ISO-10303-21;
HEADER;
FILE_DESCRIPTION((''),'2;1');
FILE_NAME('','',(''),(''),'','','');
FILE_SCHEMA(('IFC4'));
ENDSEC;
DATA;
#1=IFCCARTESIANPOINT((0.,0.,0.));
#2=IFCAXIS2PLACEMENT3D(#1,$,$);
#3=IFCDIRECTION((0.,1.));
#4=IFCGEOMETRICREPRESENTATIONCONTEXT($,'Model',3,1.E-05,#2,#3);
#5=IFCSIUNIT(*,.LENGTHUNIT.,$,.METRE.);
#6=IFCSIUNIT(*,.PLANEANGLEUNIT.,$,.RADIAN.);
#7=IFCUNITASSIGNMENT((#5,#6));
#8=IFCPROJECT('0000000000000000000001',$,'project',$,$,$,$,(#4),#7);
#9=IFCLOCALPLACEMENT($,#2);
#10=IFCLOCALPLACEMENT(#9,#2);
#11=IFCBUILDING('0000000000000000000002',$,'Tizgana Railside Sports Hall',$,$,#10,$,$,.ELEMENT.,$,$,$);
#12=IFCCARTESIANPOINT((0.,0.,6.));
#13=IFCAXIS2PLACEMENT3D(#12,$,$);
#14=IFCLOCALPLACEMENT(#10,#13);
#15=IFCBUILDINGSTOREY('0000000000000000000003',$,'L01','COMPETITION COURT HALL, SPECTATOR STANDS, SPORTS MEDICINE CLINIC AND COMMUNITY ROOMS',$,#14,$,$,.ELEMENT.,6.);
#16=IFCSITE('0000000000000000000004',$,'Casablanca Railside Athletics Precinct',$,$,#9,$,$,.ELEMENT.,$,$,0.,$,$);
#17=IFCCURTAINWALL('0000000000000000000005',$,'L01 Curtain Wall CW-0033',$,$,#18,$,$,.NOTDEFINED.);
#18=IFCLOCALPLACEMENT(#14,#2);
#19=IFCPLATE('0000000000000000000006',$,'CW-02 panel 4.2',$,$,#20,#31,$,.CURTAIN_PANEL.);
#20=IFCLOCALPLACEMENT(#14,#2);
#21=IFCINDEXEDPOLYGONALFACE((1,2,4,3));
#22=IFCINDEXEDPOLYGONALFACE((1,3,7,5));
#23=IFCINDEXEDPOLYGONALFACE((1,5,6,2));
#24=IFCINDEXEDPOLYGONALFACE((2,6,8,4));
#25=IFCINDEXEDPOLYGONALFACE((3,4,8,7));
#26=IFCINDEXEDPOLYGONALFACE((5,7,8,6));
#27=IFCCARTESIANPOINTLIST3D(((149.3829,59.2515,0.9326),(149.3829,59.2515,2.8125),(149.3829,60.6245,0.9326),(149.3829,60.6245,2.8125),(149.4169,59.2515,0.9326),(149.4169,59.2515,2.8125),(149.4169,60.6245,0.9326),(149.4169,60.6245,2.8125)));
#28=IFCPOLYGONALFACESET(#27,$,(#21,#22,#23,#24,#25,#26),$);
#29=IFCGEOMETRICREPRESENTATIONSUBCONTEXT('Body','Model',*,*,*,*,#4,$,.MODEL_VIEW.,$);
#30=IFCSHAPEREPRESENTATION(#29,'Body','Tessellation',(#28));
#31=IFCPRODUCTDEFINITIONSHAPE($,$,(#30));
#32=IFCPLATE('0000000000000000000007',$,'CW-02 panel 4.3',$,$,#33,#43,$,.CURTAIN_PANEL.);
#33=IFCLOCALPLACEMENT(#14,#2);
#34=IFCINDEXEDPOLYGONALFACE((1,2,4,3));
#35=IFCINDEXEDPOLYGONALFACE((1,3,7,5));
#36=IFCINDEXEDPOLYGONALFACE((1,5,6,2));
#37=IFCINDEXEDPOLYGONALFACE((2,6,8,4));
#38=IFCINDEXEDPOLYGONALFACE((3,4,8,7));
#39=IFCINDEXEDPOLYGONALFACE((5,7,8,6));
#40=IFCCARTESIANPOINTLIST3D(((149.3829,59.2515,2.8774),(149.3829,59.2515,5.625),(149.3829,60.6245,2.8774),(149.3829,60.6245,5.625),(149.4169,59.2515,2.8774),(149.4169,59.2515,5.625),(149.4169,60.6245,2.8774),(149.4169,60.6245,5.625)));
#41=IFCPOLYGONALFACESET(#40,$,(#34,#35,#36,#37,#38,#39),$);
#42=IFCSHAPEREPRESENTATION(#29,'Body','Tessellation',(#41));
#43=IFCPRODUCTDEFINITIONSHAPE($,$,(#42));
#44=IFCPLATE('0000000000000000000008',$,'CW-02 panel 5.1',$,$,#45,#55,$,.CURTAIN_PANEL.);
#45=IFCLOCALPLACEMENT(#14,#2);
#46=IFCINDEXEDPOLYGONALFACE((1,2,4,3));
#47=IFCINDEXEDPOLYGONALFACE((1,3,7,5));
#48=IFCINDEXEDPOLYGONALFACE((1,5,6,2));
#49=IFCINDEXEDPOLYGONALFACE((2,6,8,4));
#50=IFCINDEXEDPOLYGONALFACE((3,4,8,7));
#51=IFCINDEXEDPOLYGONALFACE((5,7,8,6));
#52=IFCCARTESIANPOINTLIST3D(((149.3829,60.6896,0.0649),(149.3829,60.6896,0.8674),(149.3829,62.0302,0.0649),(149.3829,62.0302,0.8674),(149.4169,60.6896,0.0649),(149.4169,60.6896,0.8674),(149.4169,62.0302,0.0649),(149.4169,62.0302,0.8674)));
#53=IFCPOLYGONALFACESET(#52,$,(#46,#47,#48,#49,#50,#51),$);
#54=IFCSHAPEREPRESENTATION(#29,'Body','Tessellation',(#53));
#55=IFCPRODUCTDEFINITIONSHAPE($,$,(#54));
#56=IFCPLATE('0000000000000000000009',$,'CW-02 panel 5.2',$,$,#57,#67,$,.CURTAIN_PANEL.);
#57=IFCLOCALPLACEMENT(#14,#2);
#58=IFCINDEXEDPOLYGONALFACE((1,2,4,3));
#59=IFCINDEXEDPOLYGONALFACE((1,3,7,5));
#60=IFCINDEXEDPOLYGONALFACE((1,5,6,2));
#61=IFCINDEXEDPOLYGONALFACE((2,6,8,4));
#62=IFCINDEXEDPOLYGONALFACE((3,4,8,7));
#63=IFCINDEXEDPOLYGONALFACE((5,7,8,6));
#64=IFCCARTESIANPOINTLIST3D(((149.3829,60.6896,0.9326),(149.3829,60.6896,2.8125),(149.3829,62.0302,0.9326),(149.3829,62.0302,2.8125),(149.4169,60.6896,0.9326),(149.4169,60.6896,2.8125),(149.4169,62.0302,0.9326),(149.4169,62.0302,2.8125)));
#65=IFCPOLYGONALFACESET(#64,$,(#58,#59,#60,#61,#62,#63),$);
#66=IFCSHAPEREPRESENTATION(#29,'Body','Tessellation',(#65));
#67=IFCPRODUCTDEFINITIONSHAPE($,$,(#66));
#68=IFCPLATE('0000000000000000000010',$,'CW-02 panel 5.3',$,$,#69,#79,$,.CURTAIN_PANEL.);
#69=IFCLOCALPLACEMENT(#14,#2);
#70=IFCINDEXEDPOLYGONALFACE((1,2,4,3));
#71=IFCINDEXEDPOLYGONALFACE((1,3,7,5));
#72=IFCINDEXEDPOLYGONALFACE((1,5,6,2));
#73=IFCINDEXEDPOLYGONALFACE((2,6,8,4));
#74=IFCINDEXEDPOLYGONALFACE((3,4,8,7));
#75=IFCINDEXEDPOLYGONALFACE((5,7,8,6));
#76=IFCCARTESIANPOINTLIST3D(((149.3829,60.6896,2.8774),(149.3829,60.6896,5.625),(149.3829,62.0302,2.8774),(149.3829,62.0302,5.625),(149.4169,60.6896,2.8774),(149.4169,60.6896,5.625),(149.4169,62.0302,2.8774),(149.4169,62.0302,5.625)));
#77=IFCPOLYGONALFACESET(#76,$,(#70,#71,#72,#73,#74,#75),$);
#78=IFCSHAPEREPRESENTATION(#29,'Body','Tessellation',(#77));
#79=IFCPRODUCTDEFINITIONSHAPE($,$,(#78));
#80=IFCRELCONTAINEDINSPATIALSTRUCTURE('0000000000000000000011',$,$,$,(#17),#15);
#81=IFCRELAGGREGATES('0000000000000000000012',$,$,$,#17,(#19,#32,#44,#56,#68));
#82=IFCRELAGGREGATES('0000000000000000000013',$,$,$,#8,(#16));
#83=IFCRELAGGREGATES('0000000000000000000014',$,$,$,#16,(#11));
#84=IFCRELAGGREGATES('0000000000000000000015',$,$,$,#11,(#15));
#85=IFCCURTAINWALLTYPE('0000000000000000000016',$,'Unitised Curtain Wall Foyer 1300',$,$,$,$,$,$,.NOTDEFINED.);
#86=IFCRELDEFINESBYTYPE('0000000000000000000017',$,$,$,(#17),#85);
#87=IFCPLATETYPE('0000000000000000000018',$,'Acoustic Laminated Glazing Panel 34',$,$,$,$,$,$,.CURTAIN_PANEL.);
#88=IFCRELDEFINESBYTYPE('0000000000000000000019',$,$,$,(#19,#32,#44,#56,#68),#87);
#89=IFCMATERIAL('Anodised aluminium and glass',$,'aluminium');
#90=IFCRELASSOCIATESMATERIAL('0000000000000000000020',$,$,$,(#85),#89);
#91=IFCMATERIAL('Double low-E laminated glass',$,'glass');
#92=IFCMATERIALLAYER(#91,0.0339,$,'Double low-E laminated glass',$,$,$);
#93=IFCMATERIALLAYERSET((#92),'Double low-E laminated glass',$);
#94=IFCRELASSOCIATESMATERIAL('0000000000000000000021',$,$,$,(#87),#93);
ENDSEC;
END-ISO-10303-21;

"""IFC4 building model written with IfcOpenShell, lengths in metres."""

from ifc_helpers import new_model, si_unit, direction, frame, origin, origin_2d, place, context, subcontext, project, spatial, rectangle, extrude, material, layer, layer_set, type_object, element, aggregate, save


model = new_model("IFC4")

# Units and contexts
model_context = context("Model", 3, precision=1e-05, world=origin(), true_north=direction((0.0, 1.0)))
body_context = subcontext(model_context, "Body", "Model", "MODEL_VIEW")
ifc_project = project(units=[si_unit("LENGTHUNIT", "METRE"), si_unit("PLANEANGLEUNIT", "RADIAN")], contexts=[model_context])

# Site, building, storey
site_placement = place(None, origin())
site = spatial("IfcSite", under=ifc_project, at=site_placement, Name="Casablanca Railside Athletics Precinct", CompositionType="ELEMENT", RefElevation=0.0)
building_placement = place(site_placement, origin())
building = spatial("IfcBuilding", under=site, at=building_placement, Name="Tizgana Railside Sports Hall", CompositionType="ELEMENT")
storey_placement = place(building_placement, frame((0.0, 0.0, 6.0)))
storey = spatial("IfcBuildingStorey", under=building, at=storey_placement, Name="L01", Description="COMPETITION COURT HALL, SPECTATOR STANDS, SPORTS MEDICINE CLINIC AND COMMUNITY ROOMS", CompositionType="ELEMENT", Elevation=6.0)

# Curtain wall, plates
ifc_material_1 = material(Name="Anodised aluminium and glass", Category="aluminium")
curtain_wall_type = type_object("IfcCurtainWallType", Name="Unitised Curtain Wall Foyer 1300", PredefinedType="NOTDEFINED", material=ifc_material_1)
curtain_wall_placement = place(storey_placement, origin())
curtain_wall = element("IfcCurtainWall", 1, at=curtain_wall_placement, inside=storey, type_object=curtain_wall_type, Name="L01 Curtain Wall CW-0033", PredefinedType="NOTDEFINED")
ifc_material_2 = material(Name="Double low-E laminated glass", Category="glass")
ifc_layer = layer(ifc_material_2, 0.0339, Name="Double low-E laminated glass")
ifc_layer_set = layer_set([ifc_layer], Name="Double low-E laminated glass")
plate_type = type_object("IfcPlateType", Name="Acoustic Laminated Glazing Panel 34", PredefinedType="CURTAIN_PANEL", material=ifc_layer_set)
plate_1_placement = place(storey_placement, frame((149.3999, 59.938, 0.9326), z_axis=(0.0, 0.0, 1.0), x_axis=(0.0, 1.0, 0.0)))
plate_1 = element("IfcPlate", 2, at=plate_1_placement, type_object=plate_type, Name="CW-02 panel 4.2", PredefinedType="CURTAIN_PANEL", context=body_context, shape_type="SweptSolid", body=[
    extrude(rectangle(XDim=1.373, YDim=0.0339, at=origin_2d()), origin(), (0.0, 0.0, 1.0), 1.8799),
])
plate_2_placement = place(storey_placement, frame((149.3999, 59.938, 2.8774), z_axis=(0.0, 0.0, 1.0), x_axis=(0.0, 1.0, 0.0)))
plate_2 = element("IfcPlate", 3, at=plate_2_placement, type_object=plate_type, Name="CW-02 panel 4.3", PredefinedType="CURTAIN_PANEL", context=body_context, shape_type="SweptSolid", body=[
    extrude(rectangle(XDim=1.373, YDim=0.0339, at=origin_2d()), origin(), (0.0, 0.0, 1.0), 2.7476),
])
plate_3_placement = place(storey_placement, frame((149.3999, 61.3599, 0.0649), z_axis=(0.0, 0.0, 1.0), x_axis=(0.0, 1.0, 0.0)))
plate_3 = element("IfcPlate", 4, at=plate_3_placement, type_object=plate_type, Name="CW-02 panel 5.1", PredefinedType="CURTAIN_PANEL", context=body_context, shape_type="SweptSolid", body=[
    extrude(rectangle(XDim=1.3406, YDim=0.0339, at=origin_2d()), origin(), (0.0, 0.0, 1.0), 0.8025),
])
plate_4_placement = place(storey_placement, frame((149.3999, 61.3599, 0.9326), z_axis=(0.0, 0.0, 1.0), x_axis=(0.0, 1.0, 0.0)))
plate_4 = element("IfcPlate", 5, at=plate_4_placement, type_object=plate_type, Name="CW-02 panel 5.2", PredefinedType="CURTAIN_PANEL", context=body_context, shape_type="SweptSolid", body=[
    extrude(rectangle(XDim=1.3406, YDim=0.0339, at=origin_2d()), origin(), (0.0, 0.0, 1.0), 1.8799),
])
plate_5_placement = place(storey_placement, frame((149.3999, 61.3599, 2.8774), z_axis=(0.0, 0.0, 1.0), x_axis=(0.0, 1.0, 0.0)))
plate_5 = element("IfcPlate", 6, at=plate_5_placement, type_object=plate_type, Name="CW-02 panel 5.3", PredefinedType="CURTAIN_PANEL", context=body_context, shape_type="SweptSolid", body=[
    extrude(rectangle(XDim=1.3406, YDim=0.0339, at=origin_2d()), origin(), (0.0, 0.0, 1.0), 2.7476),
])
aggregate(curtain_wall, [plate_1, plate_2, plate_3, plate_4, plate_5])

save(model, "model.ifc")
